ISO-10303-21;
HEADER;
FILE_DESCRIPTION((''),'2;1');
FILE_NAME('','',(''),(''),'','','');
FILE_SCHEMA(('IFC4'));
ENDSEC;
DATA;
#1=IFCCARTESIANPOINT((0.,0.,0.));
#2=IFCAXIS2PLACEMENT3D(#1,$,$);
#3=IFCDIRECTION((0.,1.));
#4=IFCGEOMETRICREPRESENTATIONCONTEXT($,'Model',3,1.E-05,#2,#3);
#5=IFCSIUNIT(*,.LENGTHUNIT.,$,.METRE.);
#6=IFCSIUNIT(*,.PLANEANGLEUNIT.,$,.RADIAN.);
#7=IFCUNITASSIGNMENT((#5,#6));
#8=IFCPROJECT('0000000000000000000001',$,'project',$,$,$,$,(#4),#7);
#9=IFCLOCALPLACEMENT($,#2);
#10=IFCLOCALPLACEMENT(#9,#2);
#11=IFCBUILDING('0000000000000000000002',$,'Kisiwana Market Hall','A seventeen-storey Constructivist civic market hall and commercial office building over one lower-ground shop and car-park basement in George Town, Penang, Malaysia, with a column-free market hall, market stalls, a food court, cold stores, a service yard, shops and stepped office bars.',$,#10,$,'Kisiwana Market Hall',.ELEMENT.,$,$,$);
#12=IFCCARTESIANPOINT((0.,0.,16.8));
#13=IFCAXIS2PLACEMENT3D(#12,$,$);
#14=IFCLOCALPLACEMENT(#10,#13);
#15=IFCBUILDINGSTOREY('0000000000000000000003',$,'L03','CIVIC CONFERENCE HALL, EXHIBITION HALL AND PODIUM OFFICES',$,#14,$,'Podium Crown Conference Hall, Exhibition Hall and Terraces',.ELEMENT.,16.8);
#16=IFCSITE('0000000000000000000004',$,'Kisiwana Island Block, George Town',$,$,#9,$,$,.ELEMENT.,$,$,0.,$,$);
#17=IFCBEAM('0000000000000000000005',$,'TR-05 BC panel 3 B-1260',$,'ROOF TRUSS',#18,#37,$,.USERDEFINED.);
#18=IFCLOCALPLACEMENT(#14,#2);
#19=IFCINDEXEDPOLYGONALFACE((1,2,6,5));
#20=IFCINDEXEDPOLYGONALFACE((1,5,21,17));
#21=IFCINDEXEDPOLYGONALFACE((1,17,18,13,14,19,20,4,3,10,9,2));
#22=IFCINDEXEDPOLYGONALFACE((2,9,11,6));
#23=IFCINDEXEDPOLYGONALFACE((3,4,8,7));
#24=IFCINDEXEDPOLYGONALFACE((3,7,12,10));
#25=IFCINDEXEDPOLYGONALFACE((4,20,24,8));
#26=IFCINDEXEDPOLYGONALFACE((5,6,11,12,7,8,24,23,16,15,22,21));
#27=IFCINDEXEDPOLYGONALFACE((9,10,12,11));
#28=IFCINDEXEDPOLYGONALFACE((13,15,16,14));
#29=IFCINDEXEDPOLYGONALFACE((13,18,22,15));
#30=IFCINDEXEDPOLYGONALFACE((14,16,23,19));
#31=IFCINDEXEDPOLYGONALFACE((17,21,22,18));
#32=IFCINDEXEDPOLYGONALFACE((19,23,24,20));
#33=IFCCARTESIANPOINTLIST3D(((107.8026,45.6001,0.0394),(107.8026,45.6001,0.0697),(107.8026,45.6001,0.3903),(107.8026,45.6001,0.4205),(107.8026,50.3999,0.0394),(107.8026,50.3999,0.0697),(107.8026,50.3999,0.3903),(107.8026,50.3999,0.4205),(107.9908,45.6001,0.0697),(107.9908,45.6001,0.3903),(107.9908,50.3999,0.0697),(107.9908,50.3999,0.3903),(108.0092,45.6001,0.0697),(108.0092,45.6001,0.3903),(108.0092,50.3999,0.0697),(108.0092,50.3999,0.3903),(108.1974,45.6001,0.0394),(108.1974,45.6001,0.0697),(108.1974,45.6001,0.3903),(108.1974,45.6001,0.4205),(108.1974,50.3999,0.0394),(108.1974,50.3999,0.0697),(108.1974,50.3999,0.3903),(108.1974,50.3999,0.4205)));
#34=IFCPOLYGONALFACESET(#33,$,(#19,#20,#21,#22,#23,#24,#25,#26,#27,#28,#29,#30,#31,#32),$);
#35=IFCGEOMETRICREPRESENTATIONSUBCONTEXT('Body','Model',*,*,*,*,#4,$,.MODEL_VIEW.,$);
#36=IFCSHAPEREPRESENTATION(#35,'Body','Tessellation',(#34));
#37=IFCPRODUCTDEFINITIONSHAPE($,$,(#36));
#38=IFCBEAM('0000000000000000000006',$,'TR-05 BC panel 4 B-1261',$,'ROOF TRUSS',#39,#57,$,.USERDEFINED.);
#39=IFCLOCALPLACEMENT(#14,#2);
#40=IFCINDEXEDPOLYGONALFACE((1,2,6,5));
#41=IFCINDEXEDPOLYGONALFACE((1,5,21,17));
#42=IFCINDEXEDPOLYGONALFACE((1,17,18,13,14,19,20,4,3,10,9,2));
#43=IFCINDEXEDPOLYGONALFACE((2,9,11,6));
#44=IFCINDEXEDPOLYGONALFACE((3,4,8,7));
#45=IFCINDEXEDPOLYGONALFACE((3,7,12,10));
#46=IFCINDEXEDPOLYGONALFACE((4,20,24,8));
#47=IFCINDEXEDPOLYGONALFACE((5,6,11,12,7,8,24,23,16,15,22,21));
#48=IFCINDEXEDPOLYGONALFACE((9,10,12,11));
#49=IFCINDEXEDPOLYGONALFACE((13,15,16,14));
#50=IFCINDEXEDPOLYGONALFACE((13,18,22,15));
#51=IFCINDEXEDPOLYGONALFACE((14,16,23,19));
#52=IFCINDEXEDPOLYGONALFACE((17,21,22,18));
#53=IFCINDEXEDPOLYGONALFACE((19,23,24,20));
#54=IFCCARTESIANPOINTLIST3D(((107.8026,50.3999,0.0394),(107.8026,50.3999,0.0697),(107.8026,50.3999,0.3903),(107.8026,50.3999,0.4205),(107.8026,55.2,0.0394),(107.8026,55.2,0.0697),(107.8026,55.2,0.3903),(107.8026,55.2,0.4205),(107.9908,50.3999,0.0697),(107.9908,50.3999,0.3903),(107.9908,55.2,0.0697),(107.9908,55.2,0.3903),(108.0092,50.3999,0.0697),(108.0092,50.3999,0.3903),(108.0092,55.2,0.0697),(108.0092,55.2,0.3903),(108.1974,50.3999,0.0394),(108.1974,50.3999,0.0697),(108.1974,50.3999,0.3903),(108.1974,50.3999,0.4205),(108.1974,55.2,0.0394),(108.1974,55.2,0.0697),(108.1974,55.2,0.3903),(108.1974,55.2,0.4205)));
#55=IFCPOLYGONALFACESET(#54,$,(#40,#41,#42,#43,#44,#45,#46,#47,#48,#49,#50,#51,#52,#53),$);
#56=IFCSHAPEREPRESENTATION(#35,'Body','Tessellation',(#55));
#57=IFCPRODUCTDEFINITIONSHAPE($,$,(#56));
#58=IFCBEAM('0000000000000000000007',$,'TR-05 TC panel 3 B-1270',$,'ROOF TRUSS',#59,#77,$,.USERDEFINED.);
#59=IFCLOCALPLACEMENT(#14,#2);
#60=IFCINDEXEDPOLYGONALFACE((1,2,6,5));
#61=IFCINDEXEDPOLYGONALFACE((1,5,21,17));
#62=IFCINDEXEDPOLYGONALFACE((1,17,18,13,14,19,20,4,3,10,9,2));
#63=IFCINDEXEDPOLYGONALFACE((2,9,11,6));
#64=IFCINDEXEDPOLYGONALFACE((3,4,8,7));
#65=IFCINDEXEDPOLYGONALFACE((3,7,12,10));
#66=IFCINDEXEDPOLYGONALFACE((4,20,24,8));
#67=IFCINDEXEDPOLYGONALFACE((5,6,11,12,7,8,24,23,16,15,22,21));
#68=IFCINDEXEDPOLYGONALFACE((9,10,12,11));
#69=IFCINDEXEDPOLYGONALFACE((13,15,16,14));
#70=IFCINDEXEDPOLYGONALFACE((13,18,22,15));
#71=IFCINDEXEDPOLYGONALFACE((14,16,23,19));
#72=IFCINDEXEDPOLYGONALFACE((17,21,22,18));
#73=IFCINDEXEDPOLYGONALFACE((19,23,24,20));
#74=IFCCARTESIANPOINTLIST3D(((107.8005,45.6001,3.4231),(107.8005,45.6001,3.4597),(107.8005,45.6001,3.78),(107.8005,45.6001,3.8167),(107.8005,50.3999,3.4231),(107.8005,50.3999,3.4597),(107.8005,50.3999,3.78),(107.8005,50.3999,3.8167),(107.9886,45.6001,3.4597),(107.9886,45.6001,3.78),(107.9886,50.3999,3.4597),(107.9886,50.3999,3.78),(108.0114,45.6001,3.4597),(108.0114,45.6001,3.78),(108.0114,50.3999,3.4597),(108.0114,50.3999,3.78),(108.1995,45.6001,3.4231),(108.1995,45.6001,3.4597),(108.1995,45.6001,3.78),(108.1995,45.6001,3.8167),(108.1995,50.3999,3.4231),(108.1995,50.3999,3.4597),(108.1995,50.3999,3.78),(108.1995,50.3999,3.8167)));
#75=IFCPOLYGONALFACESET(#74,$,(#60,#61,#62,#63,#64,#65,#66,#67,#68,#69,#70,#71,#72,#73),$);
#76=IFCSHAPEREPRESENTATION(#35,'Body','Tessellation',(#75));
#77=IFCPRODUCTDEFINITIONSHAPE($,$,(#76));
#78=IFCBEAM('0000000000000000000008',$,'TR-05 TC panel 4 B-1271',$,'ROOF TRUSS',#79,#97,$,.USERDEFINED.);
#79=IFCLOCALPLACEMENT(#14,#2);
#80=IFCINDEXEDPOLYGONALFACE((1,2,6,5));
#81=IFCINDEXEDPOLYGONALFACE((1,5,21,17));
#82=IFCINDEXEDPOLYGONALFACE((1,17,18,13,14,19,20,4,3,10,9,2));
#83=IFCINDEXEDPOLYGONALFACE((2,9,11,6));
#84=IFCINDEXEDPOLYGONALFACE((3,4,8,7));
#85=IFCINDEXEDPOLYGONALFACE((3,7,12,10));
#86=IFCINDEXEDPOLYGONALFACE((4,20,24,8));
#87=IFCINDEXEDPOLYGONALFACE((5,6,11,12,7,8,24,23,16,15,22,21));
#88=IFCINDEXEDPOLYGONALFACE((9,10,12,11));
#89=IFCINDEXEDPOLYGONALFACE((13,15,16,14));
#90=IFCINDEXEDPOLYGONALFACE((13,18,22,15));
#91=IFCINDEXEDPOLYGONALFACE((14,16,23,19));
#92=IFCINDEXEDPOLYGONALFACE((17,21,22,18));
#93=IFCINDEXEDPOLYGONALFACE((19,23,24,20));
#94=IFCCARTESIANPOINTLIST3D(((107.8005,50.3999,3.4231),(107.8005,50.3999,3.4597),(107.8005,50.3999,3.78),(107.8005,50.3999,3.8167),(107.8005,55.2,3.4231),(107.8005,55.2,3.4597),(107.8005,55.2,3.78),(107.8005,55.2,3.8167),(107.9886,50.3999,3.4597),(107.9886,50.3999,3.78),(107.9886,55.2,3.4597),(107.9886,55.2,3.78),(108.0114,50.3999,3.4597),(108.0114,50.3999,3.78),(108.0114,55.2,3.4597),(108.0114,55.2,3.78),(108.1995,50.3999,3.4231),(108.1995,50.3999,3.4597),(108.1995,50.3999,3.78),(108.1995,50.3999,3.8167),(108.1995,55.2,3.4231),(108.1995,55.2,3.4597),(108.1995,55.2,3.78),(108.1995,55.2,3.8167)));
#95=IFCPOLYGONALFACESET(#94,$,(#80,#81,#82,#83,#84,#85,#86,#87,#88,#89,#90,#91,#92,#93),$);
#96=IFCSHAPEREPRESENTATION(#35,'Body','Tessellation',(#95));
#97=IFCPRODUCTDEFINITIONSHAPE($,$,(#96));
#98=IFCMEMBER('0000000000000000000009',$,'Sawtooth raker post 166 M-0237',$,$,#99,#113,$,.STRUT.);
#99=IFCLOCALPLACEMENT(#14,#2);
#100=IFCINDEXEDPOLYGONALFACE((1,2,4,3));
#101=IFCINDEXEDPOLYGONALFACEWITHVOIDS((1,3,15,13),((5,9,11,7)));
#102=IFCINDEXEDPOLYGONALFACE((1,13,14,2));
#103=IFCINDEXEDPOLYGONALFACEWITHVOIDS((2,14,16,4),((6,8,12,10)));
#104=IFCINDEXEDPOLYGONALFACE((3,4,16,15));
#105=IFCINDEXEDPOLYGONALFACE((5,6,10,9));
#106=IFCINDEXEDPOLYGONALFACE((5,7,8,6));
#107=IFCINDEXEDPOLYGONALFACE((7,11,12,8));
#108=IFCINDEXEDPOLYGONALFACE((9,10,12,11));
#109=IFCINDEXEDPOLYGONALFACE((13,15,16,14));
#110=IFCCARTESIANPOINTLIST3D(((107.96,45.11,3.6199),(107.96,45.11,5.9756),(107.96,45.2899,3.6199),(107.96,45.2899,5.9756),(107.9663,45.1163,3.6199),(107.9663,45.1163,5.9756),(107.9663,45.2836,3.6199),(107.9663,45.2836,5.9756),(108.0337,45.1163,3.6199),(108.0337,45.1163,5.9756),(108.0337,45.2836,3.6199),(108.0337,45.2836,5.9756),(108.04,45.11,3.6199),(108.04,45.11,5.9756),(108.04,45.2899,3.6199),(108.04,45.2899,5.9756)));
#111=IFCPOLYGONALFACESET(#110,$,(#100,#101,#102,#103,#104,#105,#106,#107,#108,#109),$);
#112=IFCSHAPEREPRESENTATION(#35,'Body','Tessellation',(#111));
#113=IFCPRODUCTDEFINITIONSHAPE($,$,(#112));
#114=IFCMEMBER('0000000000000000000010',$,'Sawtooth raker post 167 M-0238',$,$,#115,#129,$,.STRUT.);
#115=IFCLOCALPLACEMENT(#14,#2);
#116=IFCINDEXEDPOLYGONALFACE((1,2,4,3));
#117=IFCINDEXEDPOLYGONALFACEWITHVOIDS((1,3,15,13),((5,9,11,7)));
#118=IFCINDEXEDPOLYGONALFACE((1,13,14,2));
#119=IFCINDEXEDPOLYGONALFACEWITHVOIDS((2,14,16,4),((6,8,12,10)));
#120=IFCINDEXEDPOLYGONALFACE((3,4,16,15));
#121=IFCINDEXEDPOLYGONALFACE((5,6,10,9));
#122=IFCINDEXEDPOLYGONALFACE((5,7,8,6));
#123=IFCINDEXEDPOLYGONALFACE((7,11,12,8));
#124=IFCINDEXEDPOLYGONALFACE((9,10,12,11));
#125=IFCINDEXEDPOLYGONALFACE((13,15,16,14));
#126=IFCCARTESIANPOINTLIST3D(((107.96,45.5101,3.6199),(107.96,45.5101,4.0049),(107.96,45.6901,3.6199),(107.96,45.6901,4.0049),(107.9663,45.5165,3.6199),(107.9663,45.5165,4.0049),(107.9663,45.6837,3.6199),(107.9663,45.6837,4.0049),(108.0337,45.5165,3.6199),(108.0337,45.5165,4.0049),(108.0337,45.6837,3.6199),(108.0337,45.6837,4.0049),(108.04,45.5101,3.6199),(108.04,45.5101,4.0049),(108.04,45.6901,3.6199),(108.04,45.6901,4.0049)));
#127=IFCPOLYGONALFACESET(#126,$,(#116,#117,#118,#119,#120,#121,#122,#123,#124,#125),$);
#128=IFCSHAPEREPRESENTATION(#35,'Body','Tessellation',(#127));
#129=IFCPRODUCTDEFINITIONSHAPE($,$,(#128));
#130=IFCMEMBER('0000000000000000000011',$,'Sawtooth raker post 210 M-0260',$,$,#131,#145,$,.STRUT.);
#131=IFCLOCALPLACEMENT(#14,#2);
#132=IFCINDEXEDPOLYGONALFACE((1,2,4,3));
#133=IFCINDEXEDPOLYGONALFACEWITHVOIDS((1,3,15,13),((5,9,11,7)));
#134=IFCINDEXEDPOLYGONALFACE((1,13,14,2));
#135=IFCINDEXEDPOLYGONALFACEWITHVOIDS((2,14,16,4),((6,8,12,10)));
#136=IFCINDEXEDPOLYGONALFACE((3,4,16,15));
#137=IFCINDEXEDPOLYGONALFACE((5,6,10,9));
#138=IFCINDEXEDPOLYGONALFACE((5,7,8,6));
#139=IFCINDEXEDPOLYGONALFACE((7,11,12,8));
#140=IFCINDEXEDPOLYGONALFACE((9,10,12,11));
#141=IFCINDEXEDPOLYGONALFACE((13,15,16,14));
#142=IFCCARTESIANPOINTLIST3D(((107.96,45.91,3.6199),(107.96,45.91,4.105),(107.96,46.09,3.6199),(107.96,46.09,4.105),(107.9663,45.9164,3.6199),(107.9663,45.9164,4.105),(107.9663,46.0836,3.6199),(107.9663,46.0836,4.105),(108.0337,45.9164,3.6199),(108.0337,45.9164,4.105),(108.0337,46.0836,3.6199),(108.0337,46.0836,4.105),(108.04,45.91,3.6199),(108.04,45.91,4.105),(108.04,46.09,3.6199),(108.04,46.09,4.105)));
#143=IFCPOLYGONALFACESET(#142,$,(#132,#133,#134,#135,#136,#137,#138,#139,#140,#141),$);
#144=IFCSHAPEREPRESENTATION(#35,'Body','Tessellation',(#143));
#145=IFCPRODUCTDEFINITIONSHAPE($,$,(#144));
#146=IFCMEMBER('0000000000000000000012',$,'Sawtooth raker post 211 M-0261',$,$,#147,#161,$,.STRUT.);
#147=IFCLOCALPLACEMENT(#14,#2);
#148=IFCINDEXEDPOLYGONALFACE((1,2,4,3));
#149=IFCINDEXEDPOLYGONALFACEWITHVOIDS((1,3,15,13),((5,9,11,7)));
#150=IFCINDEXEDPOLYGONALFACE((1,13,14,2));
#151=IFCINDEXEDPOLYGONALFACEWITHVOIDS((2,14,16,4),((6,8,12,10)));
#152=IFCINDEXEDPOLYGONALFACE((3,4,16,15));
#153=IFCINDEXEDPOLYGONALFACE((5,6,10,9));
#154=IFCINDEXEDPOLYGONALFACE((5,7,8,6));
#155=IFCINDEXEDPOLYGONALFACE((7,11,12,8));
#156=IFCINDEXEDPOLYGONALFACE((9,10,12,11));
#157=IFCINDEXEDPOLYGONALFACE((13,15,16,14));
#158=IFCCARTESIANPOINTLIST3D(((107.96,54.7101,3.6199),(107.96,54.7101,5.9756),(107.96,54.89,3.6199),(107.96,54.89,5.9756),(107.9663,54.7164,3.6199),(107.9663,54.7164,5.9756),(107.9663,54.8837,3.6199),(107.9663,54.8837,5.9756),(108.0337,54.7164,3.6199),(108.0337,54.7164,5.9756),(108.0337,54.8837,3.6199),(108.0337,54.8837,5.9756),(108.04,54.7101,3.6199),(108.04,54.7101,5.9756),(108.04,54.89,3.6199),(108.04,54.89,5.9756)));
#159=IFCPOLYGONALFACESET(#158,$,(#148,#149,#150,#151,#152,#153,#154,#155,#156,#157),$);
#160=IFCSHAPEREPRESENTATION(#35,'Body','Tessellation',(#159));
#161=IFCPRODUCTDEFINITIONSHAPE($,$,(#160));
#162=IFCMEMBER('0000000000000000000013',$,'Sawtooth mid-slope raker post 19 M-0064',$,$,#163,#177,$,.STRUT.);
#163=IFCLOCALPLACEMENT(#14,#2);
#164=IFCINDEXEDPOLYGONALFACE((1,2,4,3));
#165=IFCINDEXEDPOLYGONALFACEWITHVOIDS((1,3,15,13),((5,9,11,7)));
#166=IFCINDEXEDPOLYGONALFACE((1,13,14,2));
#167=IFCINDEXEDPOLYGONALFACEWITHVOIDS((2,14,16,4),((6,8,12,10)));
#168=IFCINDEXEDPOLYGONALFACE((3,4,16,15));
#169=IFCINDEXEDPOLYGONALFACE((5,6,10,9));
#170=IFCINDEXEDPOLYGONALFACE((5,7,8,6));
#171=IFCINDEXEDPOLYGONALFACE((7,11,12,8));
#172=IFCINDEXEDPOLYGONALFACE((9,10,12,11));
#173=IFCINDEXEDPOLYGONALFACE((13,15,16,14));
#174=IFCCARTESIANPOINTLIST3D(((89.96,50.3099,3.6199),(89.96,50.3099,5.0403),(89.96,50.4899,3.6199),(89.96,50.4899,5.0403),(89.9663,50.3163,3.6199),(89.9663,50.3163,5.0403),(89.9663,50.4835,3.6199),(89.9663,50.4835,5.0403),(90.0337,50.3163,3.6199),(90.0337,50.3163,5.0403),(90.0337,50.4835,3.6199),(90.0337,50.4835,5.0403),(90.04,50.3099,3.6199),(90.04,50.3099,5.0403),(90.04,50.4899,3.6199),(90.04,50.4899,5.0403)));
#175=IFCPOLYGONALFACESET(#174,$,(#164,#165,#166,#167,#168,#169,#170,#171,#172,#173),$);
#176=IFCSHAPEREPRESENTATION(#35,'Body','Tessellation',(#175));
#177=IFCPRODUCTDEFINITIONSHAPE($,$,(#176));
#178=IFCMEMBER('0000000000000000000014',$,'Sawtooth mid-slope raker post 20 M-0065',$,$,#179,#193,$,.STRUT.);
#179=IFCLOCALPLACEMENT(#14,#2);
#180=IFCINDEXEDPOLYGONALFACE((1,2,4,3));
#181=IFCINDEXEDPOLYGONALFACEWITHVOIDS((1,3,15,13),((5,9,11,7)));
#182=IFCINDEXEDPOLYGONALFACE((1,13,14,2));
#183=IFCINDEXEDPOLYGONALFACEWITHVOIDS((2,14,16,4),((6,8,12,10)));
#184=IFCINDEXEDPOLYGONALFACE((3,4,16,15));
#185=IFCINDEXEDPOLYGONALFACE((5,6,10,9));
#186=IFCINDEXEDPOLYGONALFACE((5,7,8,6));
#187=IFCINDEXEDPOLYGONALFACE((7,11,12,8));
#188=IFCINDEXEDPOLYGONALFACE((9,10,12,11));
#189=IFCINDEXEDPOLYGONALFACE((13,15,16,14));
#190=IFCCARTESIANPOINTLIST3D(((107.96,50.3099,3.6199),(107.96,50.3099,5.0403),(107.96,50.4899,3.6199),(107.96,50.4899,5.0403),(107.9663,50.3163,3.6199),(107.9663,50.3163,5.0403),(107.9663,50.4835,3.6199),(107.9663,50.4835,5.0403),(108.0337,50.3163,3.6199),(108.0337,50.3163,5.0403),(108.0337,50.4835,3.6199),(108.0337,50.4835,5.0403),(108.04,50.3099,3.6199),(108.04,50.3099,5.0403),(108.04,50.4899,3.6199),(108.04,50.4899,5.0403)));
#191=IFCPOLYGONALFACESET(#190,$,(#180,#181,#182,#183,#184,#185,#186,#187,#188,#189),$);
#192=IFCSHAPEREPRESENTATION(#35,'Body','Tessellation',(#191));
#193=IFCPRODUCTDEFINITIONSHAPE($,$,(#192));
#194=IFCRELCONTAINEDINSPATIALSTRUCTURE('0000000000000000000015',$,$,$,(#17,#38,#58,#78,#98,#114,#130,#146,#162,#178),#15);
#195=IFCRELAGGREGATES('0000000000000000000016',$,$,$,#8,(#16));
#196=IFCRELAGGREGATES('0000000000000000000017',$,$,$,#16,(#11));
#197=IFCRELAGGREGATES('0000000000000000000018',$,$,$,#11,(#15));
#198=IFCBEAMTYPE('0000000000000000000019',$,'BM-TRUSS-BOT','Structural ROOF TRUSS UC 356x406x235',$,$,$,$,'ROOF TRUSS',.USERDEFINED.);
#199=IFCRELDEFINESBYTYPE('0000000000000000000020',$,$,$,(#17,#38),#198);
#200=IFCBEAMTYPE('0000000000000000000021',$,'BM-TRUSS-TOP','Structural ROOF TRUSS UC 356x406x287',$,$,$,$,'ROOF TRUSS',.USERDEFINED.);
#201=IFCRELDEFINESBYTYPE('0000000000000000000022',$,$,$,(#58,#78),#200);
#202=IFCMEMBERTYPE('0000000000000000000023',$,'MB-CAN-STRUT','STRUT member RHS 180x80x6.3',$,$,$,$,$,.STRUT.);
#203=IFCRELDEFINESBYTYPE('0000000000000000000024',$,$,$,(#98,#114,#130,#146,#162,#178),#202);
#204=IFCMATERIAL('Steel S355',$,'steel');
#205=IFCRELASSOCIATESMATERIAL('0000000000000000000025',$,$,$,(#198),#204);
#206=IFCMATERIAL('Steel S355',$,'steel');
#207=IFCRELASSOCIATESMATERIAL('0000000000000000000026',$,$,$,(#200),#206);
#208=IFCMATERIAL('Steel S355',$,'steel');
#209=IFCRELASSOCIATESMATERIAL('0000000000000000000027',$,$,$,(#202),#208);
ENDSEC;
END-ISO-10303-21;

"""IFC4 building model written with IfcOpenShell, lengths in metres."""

from ifc_helpers import new_model, si_unit, direction, frame, origin, origin_2d, place, context, subcontext, project, spatial, hollow_rectangle, i_section, extrude, material, material_profile, profile_set, type_object, element, save


model = new_model("IFC4")

# Units and contexts
model_context = context("Model", 3, precision=1e-05, world=origin(), true_north=direction((0.0, 1.0)))
body_context = subcontext(model_context, "Body", "Model", "MODEL_VIEW")
ifc_project = project(units=[si_unit("LENGTHUNIT", "METRE"), si_unit("PLANEANGLEUNIT", "RADIAN")], contexts=[model_context])

# Site, building, storey
site_placement = place(None, origin())
site = spatial("IfcSite", under=ifc_project, at=site_placement, Name="Kisiwana Island Block, George Town", CompositionType="ELEMENT", RefElevation=0.0)
building_placement = place(site_placement, origin())
building = spatial("IfcBuilding", under=site, at=building_placement, Name="Kisiwana Market Hall", Description="A seventeen-storey Constructivist civic market hall and commercial office building over one lower-ground shop and car-park basement in George Town, Penang, Malaysia, with a column-free market hall, market stalls, a food court, cold stores, a service yard, shops and stepped office bars.", LongName="Kisiwana Market Hall", CompositionType="ELEMENT")
storey_placement = place(building_placement, frame((0.0, 0.0, 16.8)))
storey = spatial("IfcBuildingStorey", under=building, at=storey_placement, Name="L03", Description="CIVIC CONFERENCE HALL, EXHIBITION HALL AND PODIUM OFFICES", LongName="Podium Crown Conference Hall, Exhibition Hall and Terraces", CompositionType="ELEMENT", Elevation=16.8)

# Beams
ifc_material_1 = material(Name="Steel S355", Category="steel")
ifc_material_profile_1 = material_profile(ifc_material_1, i_section(OverallWidth=0.3948, OverallDepth=0.3811, WebThickness=0.0183, FlangeThickness=0.0303, at=origin_2d()), Name="UC 356x406x235")
ifc_profile_set_1 = profile_set([ifc_material_profile_1], Name="Steel S355")
beam_type_1 = type_object("IfcBeamType", Name="BM-TRUSS-BOT", Description="Structural ROOF TRUSS UC 356x406x235", ElementType="ROOF TRUSS", PredefinedType="USERDEFINED", material=ifc_profile_set_1)
beam_1_placement = place(storey_placement, frame((108.0, 45.6001, 0.23), z_axis=(0.0, 1.0, 0.0), x_axis=(-1.0, 0.0, 0.0)))
element("IfcBeam", 1, at=beam_1_placement, inside=storey, type_object=beam_type_1, Name="TR-05 BC panel 3 B-1260", ObjectType="ROOF TRUSS", PredefinedType="USERDEFINED", context=body_context, shape_type="SweptSolid", body=[
    extrude(i_section(OverallWidth=0.3948, OverallDepth=0.3811, WebThickness=0.0183, FlangeThickness=0.0303, at=origin_2d()), origin(), (0.0, 0.0, 1.0), 4.7998),
])
beam_2_placement = place(storey_placement, frame((108.0, 50.3999, 0.23), z_axis=(0.0, 1.0, 0.0), x_axis=(-1.0, 0.0, 0.0)))
element("IfcBeam", 2, at=beam_2_placement, inside=storey, type_object=beam_type_1, Name="TR-05 BC panel 4 B-1261", ObjectType="ROOF TRUSS", PredefinedType="USERDEFINED", context=body_context, shape_type="SweptSolid", body=[
    extrude(i_section(OverallWidth=0.3948, OverallDepth=0.3811, WebThickness=0.0183, FlangeThickness=0.0303, at=origin_2d()), origin(), (0.0, 0.0, 1.0), 4.8),
])
ifc_material_2 = material(Name="Steel S355", Category="steel")
ifc_material_profile_2 = material_profile(ifc_material_2, i_section(OverallWidth=0.3989, OverallDepth=0.3936, WebThickness=0.0227, FlangeThickness=0.0366, at=origin_2d()), Name="UC 356x406x287")
ifc_profile_set_2 = profile_set([ifc_material_profile_2], Name="Steel S355")
beam_type_2 = type_object("IfcBeamType", Name="BM-TRUSS-TOP", Description="Structural ROOF TRUSS UC 356x406x287", ElementType="ROOF TRUSS", PredefinedType="USERDEFINED", material=ifc_profile_set_2)
beam_3_placement = place(storey_placement, frame((108.0, 45.6001, 3.6199), z_axis=(0.0, 1.0, 0.0), x_axis=(-1.0, 0.0, 0.0)))
element("IfcBeam", 3, at=beam_3_placement, inside=storey, type_object=beam_type_2, Name="TR-05 TC panel 3 B-1270", ObjectType="ROOF TRUSS", PredefinedType="USERDEFINED", context=body_context, shape_type="SweptSolid", body=[
    extrude(i_section(OverallWidth=0.3989, OverallDepth=0.3936, WebThickness=0.0227, FlangeThickness=0.0366, at=origin_2d()), origin(), (0.0, 0.0, 1.0), 4.7998),
])
beam_4_placement = place(storey_placement, frame((108.0, 50.3999, 3.6199), z_axis=(0.0, 1.0, 0.0), x_axis=(-1.0, 0.0, 0.0)))
element("IfcBeam", 4, at=beam_4_placement, inside=storey, type_object=beam_type_2, Name="TR-05 TC panel 4 B-1271", ObjectType="ROOF TRUSS", PredefinedType="USERDEFINED", context=body_context, shape_type="SweptSolid", body=[
    extrude(i_section(OverallWidth=0.3989, OverallDepth=0.3936, WebThickness=0.0227, FlangeThickness=0.0366, at=origin_2d()), origin(), (0.0, 0.0, 1.0), 4.8),
])

# Members
ifc_material_3 = material(Name="Steel S355", Category="steel")
ifc_material_profile_3 = material_profile(ifc_material_3, hollow_rectangle(XDim=0.0801, YDim=0.1799, WallThickness=0.0063, at=origin_2d()), Name="RHS 180x80x6.3")
ifc_profile_set_3 = profile_set([ifc_material_profile_3], Name="Steel S355")
member_type_1 = type_object("IfcMemberType", Name="MB-CAN-STRUT", Description="STRUT member RHS 180x80x6.3", PredefinedType="STRUT", material=ifc_profile_set_3)
member_1_placement = place(storey_placement, frame((108.0, 45.2, 3.6199), z_axis=(0.0, 0.0, 1.0), x_axis=(1.0, 0.0, 0.0)))
element("IfcMember", 5, at=member_1_placement, inside=storey, type_object=member_type_1, Name="Sawtooth raker post 166 M-0237", PredefinedType="STRUT", context=body_context, shape_type="SweptSolid", body=[
    extrude(hollow_rectangle(XDim=0.0801, YDim=0.1799, WallThickness=0.0063, at=origin_2d()), origin(), (0.0, 0.0, 1.0), 2.3557),
])
member_2_placement = place(storey_placement, frame((108.0, 45.6001, 3.6199), z_axis=(0.0, 0.0, 1.0), x_axis=(1.0, 0.0, 0.0)))
element("IfcMember", 6, at=member_2_placement, inside=storey, type_object=member_type_1, Name="Sawtooth raker post 167 M-0238", PredefinedType="STRUT", context=body_context, shape_type="SweptSolid", body=[
    extrude(hollow_rectangle(XDim=0.0801, YDim=0.1799, WallThickness=0.0063, at=origin_2d()), origin(), (0.0, 0.0, 1.0), 0.385),
])
member_3_placement = place(storey_placement, frame((108.0, 46.0, 3.6199), z_axis=(0.0, 0.0, 1.0), x_axis=(1.0, 0.0, 0.0)))
element("IfcMember", 7, at=member_3_placement, inside=storey, type_object=member_type_1, Name="Sawtooth raker post 210 M-0260", PredefinedType="STRUT", context=body_context, shape_type="SweptSolid", body=[
    extrude(hollow_rectangle(XDim=0.0801, YDim=0.1799, WallThickness=0.0063, at=origin_2d()), origin(), (0.0, 0.0, 1.0), 0.4851),
])
member_4_placement = place(storey_placement, frame((108.0, 54.8, 3.6199), z_axis=(0.0, 0.0, 1.0), x_axis=(1.0, 0.0, 0.0)))
element("IfcMember", 8, at=member_4_placement, inside=storey, type_object=member_type_1, Name="Sawtooth raker post 211 M-0261", PredefinedType="STRUT", context=body_context, shape_type="SweptSolid", body=[
    extrude(hollow_rectangle(XDim=0.0801, YDim=0.1799, WallThickness=0.0063, at=origin_2d()), origin(), (0.0, 0.0, 1.0), 2.3557),
])
for number, where, z_axis, x_axis, name in (
    (9, (90.0, 50.3999, 3.6199), (0.0, 0.0, 1.0), (1.0, 0.0, 0.0), "Sawtooth mid-slope raker post 19 M-0064"),
    (10, (108.0, 50.3999, 3.6199), (0.0, 0.0, 1.0), (1.0, 0.0, 0.0), "Sawtooth mid-slope raker post 20 M-0065"),
):
    element("IfcMember", number, at=place(storey_placement, frame(where, z_axis=z_axis, x_axis=x_axis)), inside=storey, type_object=member_type_1, Name=name, PredefinedType="STRUT", context=body_context, shape_type="SweptSolid", body=[
        extrude(hollow_rectangle(XDim=0.0801, YDim=0.1799, WallThickness=0.0063, at=origin_2d()), origin(), (0.0, 0.0, 1.0), 1.4204),
    ])

save(model, "model.ifc")
